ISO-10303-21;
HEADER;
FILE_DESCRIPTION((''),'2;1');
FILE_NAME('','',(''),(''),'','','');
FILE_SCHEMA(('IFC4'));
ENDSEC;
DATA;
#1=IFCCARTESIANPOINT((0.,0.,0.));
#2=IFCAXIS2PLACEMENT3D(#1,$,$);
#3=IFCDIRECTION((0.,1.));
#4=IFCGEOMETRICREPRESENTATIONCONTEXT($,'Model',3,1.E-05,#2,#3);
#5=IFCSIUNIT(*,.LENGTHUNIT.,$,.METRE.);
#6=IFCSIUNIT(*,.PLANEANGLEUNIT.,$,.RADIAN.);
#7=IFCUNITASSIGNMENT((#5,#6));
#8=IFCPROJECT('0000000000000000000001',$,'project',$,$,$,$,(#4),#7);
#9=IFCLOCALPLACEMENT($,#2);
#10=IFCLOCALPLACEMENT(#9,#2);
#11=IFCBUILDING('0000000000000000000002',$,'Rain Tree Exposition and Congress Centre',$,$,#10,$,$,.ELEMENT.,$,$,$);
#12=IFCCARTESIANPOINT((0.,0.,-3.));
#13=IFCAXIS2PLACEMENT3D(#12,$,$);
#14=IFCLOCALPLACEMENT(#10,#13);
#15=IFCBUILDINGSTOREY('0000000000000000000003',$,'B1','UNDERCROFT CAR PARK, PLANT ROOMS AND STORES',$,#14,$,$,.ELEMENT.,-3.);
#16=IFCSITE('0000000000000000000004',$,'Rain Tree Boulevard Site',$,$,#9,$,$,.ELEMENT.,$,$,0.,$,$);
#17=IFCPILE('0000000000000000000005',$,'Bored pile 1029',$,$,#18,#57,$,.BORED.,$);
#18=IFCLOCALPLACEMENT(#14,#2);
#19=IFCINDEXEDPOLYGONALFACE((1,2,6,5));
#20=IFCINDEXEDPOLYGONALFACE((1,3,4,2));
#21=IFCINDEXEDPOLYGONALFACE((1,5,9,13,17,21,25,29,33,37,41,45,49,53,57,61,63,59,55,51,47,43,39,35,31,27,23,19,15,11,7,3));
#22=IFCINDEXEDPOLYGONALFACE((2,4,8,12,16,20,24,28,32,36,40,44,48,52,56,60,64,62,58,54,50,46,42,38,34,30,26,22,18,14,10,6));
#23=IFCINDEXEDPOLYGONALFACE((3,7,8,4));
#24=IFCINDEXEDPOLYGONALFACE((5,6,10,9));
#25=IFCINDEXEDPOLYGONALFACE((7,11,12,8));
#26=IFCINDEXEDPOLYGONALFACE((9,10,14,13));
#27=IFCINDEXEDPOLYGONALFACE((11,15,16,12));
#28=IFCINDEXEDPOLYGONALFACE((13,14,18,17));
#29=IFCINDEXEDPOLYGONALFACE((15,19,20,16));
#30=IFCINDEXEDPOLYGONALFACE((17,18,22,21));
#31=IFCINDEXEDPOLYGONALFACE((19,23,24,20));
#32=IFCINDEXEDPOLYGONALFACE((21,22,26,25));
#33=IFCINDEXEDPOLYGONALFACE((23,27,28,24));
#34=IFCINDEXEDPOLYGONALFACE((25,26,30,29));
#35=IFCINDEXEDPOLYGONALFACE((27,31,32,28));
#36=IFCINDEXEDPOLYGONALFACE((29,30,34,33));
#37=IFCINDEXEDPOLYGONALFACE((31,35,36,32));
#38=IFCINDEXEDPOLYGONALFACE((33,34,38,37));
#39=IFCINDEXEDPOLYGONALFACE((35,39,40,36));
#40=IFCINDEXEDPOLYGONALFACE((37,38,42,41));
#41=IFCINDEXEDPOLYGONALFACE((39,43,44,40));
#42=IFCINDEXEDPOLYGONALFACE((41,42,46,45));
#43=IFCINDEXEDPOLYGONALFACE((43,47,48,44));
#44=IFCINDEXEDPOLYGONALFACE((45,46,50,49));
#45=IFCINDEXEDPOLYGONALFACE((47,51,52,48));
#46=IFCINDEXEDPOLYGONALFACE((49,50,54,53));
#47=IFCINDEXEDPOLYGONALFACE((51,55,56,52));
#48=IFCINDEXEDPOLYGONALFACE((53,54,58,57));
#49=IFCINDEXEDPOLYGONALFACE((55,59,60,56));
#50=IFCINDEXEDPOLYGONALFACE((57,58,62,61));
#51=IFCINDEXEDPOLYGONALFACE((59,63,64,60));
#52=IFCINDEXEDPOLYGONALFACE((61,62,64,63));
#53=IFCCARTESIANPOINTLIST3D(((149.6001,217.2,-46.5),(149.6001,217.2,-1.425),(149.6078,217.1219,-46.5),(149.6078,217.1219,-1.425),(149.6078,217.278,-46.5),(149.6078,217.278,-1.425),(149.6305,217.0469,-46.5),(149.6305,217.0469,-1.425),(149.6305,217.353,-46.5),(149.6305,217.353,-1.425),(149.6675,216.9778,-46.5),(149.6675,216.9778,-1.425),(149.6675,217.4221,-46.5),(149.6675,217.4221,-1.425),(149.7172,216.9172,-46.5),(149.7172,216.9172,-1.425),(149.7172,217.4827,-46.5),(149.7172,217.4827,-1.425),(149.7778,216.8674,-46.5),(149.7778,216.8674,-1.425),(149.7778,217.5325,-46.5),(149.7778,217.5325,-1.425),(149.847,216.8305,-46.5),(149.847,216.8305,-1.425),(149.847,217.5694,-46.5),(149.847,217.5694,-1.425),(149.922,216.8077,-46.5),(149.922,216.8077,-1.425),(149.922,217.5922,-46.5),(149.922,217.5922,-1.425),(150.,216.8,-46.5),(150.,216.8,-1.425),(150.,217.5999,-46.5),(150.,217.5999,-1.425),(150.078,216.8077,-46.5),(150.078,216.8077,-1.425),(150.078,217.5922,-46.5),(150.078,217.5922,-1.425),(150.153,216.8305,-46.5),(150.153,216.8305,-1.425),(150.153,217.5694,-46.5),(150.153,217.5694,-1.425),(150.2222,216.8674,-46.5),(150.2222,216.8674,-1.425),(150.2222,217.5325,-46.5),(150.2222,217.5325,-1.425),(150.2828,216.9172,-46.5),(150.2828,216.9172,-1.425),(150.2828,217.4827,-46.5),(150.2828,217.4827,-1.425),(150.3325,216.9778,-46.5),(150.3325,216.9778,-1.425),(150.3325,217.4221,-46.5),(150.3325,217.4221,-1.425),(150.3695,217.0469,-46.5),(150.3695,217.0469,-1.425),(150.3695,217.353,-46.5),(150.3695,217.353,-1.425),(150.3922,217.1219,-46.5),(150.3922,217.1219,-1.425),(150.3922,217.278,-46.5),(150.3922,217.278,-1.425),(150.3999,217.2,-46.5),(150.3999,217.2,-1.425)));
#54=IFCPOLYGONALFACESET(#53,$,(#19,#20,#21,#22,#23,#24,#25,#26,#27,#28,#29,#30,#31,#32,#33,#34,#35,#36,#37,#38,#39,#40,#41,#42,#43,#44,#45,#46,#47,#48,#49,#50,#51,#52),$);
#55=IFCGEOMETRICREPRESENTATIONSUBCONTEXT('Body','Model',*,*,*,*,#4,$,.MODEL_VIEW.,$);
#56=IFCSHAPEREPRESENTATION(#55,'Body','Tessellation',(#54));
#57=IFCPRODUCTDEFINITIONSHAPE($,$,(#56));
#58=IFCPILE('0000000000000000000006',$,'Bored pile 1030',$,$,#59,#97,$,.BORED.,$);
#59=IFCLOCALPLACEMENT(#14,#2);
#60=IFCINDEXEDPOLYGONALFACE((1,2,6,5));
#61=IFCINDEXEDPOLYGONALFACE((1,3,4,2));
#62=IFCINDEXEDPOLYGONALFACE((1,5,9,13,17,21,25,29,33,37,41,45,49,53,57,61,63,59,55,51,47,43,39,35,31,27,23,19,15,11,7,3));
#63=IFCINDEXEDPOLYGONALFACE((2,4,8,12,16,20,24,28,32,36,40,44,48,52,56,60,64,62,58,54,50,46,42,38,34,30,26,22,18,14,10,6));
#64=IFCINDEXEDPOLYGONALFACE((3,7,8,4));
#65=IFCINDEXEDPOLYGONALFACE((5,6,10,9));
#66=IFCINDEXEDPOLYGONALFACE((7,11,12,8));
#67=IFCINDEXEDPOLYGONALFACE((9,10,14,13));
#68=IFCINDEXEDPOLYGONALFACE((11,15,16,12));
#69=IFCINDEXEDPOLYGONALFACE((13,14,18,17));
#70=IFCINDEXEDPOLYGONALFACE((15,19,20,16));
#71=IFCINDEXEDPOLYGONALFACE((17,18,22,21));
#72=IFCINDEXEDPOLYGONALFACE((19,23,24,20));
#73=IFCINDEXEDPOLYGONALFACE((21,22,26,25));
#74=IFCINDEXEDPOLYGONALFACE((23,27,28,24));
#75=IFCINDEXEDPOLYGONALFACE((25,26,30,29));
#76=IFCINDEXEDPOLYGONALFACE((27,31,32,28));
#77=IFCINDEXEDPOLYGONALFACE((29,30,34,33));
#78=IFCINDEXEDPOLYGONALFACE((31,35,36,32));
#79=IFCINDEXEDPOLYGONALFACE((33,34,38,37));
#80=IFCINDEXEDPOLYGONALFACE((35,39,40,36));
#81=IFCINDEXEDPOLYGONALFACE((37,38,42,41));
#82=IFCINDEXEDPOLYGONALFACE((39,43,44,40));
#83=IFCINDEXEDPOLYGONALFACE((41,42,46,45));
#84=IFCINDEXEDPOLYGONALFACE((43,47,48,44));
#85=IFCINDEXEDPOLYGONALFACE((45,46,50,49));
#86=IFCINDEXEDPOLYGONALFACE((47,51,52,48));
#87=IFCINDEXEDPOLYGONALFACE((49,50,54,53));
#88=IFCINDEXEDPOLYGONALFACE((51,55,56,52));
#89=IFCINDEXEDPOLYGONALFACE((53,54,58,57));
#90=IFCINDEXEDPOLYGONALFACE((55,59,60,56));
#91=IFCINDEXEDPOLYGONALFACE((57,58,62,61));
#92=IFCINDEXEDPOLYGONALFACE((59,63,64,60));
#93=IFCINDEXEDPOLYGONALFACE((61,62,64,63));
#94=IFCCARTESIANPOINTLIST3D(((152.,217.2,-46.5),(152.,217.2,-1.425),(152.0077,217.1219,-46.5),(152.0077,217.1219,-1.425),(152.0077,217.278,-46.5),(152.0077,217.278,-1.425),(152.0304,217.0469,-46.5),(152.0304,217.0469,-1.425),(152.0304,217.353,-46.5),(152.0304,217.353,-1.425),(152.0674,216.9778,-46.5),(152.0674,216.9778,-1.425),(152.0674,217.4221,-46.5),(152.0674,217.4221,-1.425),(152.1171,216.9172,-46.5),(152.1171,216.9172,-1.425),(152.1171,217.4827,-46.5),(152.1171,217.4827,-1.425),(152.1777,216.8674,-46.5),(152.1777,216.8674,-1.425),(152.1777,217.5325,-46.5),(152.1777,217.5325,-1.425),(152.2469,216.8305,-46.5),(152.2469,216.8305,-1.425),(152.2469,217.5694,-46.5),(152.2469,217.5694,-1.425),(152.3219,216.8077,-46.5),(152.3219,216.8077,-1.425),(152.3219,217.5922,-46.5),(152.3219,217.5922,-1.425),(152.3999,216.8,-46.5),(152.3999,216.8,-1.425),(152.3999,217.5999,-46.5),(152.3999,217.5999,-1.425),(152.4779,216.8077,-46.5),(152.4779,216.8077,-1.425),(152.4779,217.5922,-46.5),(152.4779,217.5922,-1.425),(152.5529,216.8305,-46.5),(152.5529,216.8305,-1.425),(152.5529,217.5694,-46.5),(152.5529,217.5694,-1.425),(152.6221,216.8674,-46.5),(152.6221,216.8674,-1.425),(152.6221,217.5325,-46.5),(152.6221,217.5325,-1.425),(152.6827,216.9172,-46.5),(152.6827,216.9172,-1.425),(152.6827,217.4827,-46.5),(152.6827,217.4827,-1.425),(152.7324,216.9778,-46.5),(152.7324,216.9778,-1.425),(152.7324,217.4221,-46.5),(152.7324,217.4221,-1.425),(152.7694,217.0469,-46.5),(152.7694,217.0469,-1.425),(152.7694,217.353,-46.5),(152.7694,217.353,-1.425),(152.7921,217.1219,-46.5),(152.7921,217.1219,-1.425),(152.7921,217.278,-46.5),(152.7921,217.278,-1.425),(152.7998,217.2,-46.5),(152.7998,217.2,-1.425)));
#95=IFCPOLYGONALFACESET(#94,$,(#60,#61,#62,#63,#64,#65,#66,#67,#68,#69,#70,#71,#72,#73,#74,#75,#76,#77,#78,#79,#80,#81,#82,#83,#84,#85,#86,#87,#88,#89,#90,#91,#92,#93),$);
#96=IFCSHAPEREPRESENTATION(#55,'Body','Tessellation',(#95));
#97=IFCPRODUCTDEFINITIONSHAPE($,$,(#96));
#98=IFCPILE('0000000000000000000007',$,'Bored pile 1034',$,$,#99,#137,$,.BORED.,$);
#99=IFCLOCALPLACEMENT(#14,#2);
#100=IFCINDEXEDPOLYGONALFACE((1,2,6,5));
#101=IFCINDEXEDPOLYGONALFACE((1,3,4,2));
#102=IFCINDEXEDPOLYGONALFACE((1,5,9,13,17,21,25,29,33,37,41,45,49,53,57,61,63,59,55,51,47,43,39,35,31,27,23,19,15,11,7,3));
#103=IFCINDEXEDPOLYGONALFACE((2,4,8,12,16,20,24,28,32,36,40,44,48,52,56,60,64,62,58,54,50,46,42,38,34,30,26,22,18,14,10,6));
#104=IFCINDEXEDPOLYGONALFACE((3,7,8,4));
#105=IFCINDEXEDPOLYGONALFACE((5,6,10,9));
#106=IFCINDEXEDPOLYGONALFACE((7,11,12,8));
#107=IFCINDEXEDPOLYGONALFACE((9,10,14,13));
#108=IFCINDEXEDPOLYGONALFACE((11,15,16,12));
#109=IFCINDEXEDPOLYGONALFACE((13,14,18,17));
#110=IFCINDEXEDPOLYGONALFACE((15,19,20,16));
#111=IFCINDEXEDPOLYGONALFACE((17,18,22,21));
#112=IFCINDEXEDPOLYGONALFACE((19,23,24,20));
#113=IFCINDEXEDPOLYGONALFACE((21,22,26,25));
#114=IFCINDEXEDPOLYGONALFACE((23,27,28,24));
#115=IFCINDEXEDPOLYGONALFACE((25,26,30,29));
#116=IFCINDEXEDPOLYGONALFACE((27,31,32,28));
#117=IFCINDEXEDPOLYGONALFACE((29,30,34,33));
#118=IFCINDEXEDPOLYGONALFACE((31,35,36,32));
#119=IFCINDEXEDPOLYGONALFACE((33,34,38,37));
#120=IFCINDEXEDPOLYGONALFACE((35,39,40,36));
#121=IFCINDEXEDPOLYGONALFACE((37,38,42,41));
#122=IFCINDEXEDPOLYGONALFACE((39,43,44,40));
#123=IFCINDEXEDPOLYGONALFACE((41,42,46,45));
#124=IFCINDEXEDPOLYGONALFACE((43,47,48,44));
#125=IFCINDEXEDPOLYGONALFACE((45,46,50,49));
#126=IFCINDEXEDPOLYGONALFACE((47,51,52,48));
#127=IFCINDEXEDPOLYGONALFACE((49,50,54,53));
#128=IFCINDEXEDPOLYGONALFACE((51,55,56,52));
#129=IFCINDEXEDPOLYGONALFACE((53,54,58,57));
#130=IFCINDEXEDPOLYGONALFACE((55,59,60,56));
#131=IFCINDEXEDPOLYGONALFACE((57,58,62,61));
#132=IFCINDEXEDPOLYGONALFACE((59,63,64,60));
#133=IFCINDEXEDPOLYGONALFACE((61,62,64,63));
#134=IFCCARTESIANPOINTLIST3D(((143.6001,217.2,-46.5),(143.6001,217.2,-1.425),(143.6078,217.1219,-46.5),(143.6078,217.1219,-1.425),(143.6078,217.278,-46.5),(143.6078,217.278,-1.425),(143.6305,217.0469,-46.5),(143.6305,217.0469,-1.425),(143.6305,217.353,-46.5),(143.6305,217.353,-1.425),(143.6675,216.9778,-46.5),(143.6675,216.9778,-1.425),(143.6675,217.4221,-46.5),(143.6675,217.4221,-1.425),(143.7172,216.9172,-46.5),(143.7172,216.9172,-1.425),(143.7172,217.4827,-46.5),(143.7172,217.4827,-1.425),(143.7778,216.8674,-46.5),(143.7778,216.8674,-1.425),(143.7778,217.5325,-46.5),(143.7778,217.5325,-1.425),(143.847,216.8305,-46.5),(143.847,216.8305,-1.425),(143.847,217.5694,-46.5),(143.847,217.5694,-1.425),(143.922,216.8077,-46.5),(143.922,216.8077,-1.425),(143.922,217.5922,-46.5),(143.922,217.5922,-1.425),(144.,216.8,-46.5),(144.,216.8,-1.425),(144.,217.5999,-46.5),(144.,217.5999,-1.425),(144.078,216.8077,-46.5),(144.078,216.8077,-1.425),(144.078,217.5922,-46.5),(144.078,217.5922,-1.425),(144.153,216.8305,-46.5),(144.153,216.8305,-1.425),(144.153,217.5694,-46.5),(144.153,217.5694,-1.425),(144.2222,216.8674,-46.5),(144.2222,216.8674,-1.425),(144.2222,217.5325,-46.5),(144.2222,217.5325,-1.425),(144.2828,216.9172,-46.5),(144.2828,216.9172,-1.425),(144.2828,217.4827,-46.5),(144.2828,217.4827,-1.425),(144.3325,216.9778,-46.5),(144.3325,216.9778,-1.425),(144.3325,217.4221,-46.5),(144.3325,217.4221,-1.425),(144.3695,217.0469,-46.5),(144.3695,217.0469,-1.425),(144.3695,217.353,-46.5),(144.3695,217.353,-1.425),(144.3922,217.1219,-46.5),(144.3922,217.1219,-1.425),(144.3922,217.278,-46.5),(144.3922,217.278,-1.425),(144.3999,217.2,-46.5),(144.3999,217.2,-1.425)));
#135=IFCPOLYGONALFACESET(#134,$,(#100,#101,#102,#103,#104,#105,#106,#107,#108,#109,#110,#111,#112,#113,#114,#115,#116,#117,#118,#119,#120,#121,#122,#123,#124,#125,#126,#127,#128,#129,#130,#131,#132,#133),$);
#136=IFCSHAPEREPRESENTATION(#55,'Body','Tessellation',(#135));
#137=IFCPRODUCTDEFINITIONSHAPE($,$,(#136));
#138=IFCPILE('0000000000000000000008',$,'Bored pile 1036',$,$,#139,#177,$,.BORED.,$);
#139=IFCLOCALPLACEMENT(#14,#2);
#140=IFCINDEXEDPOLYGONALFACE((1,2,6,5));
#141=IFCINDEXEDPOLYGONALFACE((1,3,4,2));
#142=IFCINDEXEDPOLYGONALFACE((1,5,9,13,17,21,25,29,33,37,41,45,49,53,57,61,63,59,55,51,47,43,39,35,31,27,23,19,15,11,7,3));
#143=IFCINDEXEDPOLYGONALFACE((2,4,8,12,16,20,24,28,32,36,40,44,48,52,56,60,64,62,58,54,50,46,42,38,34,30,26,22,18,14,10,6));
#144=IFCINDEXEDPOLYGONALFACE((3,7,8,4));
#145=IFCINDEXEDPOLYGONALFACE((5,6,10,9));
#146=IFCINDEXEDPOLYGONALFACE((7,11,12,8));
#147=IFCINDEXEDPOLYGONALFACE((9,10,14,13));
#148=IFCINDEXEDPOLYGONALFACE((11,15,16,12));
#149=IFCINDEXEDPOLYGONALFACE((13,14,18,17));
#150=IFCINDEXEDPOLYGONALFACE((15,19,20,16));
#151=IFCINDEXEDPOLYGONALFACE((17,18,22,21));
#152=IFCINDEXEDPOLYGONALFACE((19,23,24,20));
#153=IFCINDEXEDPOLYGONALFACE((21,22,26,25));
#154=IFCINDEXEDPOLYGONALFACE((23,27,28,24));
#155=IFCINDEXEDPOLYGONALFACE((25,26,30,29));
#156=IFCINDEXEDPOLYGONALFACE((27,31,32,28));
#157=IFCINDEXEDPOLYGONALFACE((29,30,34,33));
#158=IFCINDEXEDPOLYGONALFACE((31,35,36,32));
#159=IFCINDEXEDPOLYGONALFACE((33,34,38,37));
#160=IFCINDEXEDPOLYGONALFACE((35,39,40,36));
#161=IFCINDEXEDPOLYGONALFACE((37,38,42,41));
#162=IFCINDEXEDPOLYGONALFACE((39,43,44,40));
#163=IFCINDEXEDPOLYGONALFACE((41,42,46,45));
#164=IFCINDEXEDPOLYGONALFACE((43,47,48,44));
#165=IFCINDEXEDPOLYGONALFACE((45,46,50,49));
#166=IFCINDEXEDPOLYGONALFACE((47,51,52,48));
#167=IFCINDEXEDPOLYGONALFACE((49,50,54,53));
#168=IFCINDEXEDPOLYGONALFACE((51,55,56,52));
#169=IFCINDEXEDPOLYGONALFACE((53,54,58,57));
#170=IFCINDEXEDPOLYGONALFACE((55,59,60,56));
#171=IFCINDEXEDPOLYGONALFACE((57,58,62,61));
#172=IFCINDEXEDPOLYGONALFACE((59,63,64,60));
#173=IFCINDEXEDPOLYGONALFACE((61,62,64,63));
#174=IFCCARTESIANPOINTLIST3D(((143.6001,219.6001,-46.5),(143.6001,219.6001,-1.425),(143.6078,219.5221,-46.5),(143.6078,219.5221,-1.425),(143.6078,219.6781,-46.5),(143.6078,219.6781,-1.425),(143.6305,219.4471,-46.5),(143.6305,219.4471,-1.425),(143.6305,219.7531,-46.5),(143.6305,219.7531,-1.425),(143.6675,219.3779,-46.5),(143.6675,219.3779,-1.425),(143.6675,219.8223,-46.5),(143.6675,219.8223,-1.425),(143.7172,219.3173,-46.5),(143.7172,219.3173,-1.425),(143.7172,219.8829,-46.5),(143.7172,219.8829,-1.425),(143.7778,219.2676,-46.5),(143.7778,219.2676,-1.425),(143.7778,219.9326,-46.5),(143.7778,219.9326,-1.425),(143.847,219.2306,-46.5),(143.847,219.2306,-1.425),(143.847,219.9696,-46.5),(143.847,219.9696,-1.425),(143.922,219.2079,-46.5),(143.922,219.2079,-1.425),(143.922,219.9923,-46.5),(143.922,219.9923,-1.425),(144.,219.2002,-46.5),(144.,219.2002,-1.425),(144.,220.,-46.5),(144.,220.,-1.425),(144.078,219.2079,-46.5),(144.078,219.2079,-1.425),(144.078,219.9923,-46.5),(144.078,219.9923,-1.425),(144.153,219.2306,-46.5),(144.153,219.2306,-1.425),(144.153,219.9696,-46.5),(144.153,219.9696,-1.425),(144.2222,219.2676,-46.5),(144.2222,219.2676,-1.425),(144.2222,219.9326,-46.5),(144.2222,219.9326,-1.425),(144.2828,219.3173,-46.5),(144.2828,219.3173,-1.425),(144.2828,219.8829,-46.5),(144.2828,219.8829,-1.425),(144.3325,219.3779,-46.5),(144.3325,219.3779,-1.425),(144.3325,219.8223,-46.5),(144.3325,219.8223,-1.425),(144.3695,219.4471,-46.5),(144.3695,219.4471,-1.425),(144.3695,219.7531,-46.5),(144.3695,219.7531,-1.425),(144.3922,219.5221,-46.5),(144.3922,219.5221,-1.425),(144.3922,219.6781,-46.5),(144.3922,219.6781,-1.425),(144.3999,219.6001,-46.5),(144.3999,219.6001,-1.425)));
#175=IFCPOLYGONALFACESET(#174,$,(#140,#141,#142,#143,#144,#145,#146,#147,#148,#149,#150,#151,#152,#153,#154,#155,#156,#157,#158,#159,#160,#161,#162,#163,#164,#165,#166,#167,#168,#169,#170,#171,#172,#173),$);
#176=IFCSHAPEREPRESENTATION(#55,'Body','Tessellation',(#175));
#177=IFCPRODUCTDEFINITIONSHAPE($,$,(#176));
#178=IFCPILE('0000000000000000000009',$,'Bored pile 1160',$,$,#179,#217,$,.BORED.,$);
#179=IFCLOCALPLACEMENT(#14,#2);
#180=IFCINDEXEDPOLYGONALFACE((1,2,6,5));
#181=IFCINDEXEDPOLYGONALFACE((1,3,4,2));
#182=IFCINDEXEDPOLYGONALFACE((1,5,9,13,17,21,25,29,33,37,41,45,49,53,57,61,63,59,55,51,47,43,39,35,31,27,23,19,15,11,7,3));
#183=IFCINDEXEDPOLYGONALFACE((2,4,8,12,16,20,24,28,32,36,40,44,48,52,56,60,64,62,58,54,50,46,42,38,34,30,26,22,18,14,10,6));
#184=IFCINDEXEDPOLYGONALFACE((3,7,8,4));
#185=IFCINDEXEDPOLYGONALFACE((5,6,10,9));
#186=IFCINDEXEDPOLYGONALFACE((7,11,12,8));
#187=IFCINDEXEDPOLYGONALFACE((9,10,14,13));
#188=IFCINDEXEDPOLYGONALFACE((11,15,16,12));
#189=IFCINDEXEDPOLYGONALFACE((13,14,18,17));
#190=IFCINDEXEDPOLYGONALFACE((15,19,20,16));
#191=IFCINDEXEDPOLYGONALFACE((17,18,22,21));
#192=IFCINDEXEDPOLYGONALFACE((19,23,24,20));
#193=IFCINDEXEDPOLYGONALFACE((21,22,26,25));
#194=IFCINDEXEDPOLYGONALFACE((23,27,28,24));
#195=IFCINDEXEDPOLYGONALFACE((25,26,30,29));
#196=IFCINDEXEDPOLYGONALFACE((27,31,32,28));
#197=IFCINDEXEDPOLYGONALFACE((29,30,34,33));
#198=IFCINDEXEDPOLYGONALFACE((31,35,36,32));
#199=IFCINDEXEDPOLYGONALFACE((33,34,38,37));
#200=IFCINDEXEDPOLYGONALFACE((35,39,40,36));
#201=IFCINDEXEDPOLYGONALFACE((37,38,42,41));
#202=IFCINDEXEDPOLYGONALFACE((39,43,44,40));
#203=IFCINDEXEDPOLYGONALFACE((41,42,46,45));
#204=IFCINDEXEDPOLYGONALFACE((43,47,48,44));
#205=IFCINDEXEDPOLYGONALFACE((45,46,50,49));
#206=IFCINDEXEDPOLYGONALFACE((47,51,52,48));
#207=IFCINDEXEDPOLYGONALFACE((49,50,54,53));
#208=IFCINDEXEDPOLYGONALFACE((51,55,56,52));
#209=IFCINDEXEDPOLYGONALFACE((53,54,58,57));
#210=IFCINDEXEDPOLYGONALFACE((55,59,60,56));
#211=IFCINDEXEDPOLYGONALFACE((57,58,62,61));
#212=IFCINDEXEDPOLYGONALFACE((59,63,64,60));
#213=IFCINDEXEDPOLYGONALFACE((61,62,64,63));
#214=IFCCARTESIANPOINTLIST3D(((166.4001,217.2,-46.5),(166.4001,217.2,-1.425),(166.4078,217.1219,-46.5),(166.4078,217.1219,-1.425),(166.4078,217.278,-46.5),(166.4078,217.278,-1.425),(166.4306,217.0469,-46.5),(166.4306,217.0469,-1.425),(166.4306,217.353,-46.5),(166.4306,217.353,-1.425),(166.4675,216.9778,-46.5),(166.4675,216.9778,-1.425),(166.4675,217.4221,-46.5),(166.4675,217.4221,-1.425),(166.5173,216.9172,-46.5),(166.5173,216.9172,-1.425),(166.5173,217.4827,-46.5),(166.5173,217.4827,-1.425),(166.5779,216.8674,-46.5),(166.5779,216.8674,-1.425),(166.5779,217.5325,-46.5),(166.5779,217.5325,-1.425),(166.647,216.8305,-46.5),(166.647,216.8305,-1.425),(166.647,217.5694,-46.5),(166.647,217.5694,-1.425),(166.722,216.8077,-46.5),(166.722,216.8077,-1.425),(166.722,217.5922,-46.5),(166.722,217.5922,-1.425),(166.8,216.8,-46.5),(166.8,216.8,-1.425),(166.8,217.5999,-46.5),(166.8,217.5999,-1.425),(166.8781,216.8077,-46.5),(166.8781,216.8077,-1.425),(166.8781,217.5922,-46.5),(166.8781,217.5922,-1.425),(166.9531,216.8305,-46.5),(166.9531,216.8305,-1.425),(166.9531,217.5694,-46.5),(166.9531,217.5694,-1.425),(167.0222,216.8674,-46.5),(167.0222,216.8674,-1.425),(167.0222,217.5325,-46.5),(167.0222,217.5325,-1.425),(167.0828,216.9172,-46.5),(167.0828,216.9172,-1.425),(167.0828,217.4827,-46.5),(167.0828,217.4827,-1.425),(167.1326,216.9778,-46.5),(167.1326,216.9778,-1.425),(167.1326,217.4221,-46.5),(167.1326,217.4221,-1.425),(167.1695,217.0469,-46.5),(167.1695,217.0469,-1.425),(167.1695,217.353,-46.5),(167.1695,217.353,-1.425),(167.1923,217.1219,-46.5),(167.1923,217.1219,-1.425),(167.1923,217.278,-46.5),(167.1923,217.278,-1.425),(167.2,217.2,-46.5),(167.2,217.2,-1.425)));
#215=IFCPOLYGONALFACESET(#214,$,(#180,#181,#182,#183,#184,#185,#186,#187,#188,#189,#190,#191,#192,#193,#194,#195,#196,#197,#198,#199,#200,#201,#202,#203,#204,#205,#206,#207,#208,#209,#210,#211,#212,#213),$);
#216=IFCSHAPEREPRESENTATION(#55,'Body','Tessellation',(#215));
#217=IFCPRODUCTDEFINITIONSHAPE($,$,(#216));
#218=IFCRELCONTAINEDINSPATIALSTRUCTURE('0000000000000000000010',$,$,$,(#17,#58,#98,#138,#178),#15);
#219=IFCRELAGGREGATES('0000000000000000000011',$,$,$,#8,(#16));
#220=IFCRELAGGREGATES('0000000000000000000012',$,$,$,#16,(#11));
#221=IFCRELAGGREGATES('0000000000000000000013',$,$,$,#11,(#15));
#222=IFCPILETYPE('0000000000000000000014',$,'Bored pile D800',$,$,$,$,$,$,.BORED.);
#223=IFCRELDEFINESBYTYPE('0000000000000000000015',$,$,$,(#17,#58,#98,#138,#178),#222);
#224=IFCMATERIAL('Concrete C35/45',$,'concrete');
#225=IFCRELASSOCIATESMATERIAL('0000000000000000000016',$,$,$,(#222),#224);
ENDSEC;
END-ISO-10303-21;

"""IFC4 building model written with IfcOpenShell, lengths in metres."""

from ifc_helpers import new_model, si_unit, direction, frame, origin, origin_2d, place, context, subcontext, project, spatial, circle, extrude, material, material_profile, profile_set, type_object, element, save


model = new_model("IFC4")

# Units and contexts
model_context = context("Model", 3, precision=1e-05, world=origin(), true_north=direction((0.0, 1.0)))
body_context = subcontext(model_context, "Body", "Model", "MODEL_VIEW")
ifc_project = project(units=[si_unit("LENGTHUNIT", "METRE"), si_unit("PLANEANGLEUNIT", "RADIAN")], contexts=[model_context])

# Site, building, storey
site_placement = place(None, origin())
site = spatial("IfcSite", under=ifc_project, at=site_placement, Name="Rain Tree Boulevard Site", CompositionType="ELEMENT", RefElevation=0.0)
building_placement = place(site_placement, origin())
building = spatial("IfcBuilding", under=site, at=building_placement, Name="Rain Tree Exposition and Congress Centre", CompositionType="ELEMENT")
storey_placement = place(building_placement, frame((0.0, 0.0, -3.0)))
storey = spatial("IfcBuildingStorey", under=building, at=storey_placement, Name="B1", Description="UNDERCROFT CAR PARK, PLANT ROOMS AND STORES", CompositionType="ELEMENT", Elevation=-3.0)

# Piles
ifc_material_1 = material(Name="Concrete C35/45", Category="concrete")
ifc_material_profile_1 = material_profile(ifc_material_1, circle(Radius=0.3999, at=origin_2d()), Name="D800")
ifc_profile_set_1 = profile_set([ifc_material_profile_1], Name="Concrete C35/45")
pile_type_1 = type_object("IfcPileType", Name="Bored pile D800", PredefinedType="BORED", material=ifc_profile_set_1)
for number, where, z_axis, x_axis, name in (
    (1, (150.0, 217.2, -1.425), (0.0, 0.0, -1.0), (1.0, 0.0, 0.0), "Bored pile 1029"),
    (2, (152.3999, 217.2, -1.425), (0.0, 0.0, -1.0), (1.0, 0.0, 0.0), "Bored pile 1030"),
    (3, (144.0, 217.2, -1.425), (0.0, 0.0, -1.0), (1.0, 0.0, 0.0), "Bored pile 1034"),
    (4, (144.0, 219.6001, -1.425), (0.0, 0.0, -1.0), (1.0, 0.0, 0.0), "Bored pile 1036"),
    (5, (166.8, 217.2, -1.425), (0.0, 0.0, -1.0), (1.0, 0.0, 0.0), "Bored pile 1160"),
):
    element("IfcPile", number, at=place(storey_placement, frame(where, z_axis=z_axis, x_axis=x_axis)), inside=storey, type_object=pile_type_1, Name=name, PredefinedType="BORED", context=body_context, shape_type="SweptSolid", body=[
        extrude(circle(Radius=0.3999, at=origin_2d()), origin(), (0.0, 0.0, 1.0), 45.075),
    ])

save(model, "model.ifc")
